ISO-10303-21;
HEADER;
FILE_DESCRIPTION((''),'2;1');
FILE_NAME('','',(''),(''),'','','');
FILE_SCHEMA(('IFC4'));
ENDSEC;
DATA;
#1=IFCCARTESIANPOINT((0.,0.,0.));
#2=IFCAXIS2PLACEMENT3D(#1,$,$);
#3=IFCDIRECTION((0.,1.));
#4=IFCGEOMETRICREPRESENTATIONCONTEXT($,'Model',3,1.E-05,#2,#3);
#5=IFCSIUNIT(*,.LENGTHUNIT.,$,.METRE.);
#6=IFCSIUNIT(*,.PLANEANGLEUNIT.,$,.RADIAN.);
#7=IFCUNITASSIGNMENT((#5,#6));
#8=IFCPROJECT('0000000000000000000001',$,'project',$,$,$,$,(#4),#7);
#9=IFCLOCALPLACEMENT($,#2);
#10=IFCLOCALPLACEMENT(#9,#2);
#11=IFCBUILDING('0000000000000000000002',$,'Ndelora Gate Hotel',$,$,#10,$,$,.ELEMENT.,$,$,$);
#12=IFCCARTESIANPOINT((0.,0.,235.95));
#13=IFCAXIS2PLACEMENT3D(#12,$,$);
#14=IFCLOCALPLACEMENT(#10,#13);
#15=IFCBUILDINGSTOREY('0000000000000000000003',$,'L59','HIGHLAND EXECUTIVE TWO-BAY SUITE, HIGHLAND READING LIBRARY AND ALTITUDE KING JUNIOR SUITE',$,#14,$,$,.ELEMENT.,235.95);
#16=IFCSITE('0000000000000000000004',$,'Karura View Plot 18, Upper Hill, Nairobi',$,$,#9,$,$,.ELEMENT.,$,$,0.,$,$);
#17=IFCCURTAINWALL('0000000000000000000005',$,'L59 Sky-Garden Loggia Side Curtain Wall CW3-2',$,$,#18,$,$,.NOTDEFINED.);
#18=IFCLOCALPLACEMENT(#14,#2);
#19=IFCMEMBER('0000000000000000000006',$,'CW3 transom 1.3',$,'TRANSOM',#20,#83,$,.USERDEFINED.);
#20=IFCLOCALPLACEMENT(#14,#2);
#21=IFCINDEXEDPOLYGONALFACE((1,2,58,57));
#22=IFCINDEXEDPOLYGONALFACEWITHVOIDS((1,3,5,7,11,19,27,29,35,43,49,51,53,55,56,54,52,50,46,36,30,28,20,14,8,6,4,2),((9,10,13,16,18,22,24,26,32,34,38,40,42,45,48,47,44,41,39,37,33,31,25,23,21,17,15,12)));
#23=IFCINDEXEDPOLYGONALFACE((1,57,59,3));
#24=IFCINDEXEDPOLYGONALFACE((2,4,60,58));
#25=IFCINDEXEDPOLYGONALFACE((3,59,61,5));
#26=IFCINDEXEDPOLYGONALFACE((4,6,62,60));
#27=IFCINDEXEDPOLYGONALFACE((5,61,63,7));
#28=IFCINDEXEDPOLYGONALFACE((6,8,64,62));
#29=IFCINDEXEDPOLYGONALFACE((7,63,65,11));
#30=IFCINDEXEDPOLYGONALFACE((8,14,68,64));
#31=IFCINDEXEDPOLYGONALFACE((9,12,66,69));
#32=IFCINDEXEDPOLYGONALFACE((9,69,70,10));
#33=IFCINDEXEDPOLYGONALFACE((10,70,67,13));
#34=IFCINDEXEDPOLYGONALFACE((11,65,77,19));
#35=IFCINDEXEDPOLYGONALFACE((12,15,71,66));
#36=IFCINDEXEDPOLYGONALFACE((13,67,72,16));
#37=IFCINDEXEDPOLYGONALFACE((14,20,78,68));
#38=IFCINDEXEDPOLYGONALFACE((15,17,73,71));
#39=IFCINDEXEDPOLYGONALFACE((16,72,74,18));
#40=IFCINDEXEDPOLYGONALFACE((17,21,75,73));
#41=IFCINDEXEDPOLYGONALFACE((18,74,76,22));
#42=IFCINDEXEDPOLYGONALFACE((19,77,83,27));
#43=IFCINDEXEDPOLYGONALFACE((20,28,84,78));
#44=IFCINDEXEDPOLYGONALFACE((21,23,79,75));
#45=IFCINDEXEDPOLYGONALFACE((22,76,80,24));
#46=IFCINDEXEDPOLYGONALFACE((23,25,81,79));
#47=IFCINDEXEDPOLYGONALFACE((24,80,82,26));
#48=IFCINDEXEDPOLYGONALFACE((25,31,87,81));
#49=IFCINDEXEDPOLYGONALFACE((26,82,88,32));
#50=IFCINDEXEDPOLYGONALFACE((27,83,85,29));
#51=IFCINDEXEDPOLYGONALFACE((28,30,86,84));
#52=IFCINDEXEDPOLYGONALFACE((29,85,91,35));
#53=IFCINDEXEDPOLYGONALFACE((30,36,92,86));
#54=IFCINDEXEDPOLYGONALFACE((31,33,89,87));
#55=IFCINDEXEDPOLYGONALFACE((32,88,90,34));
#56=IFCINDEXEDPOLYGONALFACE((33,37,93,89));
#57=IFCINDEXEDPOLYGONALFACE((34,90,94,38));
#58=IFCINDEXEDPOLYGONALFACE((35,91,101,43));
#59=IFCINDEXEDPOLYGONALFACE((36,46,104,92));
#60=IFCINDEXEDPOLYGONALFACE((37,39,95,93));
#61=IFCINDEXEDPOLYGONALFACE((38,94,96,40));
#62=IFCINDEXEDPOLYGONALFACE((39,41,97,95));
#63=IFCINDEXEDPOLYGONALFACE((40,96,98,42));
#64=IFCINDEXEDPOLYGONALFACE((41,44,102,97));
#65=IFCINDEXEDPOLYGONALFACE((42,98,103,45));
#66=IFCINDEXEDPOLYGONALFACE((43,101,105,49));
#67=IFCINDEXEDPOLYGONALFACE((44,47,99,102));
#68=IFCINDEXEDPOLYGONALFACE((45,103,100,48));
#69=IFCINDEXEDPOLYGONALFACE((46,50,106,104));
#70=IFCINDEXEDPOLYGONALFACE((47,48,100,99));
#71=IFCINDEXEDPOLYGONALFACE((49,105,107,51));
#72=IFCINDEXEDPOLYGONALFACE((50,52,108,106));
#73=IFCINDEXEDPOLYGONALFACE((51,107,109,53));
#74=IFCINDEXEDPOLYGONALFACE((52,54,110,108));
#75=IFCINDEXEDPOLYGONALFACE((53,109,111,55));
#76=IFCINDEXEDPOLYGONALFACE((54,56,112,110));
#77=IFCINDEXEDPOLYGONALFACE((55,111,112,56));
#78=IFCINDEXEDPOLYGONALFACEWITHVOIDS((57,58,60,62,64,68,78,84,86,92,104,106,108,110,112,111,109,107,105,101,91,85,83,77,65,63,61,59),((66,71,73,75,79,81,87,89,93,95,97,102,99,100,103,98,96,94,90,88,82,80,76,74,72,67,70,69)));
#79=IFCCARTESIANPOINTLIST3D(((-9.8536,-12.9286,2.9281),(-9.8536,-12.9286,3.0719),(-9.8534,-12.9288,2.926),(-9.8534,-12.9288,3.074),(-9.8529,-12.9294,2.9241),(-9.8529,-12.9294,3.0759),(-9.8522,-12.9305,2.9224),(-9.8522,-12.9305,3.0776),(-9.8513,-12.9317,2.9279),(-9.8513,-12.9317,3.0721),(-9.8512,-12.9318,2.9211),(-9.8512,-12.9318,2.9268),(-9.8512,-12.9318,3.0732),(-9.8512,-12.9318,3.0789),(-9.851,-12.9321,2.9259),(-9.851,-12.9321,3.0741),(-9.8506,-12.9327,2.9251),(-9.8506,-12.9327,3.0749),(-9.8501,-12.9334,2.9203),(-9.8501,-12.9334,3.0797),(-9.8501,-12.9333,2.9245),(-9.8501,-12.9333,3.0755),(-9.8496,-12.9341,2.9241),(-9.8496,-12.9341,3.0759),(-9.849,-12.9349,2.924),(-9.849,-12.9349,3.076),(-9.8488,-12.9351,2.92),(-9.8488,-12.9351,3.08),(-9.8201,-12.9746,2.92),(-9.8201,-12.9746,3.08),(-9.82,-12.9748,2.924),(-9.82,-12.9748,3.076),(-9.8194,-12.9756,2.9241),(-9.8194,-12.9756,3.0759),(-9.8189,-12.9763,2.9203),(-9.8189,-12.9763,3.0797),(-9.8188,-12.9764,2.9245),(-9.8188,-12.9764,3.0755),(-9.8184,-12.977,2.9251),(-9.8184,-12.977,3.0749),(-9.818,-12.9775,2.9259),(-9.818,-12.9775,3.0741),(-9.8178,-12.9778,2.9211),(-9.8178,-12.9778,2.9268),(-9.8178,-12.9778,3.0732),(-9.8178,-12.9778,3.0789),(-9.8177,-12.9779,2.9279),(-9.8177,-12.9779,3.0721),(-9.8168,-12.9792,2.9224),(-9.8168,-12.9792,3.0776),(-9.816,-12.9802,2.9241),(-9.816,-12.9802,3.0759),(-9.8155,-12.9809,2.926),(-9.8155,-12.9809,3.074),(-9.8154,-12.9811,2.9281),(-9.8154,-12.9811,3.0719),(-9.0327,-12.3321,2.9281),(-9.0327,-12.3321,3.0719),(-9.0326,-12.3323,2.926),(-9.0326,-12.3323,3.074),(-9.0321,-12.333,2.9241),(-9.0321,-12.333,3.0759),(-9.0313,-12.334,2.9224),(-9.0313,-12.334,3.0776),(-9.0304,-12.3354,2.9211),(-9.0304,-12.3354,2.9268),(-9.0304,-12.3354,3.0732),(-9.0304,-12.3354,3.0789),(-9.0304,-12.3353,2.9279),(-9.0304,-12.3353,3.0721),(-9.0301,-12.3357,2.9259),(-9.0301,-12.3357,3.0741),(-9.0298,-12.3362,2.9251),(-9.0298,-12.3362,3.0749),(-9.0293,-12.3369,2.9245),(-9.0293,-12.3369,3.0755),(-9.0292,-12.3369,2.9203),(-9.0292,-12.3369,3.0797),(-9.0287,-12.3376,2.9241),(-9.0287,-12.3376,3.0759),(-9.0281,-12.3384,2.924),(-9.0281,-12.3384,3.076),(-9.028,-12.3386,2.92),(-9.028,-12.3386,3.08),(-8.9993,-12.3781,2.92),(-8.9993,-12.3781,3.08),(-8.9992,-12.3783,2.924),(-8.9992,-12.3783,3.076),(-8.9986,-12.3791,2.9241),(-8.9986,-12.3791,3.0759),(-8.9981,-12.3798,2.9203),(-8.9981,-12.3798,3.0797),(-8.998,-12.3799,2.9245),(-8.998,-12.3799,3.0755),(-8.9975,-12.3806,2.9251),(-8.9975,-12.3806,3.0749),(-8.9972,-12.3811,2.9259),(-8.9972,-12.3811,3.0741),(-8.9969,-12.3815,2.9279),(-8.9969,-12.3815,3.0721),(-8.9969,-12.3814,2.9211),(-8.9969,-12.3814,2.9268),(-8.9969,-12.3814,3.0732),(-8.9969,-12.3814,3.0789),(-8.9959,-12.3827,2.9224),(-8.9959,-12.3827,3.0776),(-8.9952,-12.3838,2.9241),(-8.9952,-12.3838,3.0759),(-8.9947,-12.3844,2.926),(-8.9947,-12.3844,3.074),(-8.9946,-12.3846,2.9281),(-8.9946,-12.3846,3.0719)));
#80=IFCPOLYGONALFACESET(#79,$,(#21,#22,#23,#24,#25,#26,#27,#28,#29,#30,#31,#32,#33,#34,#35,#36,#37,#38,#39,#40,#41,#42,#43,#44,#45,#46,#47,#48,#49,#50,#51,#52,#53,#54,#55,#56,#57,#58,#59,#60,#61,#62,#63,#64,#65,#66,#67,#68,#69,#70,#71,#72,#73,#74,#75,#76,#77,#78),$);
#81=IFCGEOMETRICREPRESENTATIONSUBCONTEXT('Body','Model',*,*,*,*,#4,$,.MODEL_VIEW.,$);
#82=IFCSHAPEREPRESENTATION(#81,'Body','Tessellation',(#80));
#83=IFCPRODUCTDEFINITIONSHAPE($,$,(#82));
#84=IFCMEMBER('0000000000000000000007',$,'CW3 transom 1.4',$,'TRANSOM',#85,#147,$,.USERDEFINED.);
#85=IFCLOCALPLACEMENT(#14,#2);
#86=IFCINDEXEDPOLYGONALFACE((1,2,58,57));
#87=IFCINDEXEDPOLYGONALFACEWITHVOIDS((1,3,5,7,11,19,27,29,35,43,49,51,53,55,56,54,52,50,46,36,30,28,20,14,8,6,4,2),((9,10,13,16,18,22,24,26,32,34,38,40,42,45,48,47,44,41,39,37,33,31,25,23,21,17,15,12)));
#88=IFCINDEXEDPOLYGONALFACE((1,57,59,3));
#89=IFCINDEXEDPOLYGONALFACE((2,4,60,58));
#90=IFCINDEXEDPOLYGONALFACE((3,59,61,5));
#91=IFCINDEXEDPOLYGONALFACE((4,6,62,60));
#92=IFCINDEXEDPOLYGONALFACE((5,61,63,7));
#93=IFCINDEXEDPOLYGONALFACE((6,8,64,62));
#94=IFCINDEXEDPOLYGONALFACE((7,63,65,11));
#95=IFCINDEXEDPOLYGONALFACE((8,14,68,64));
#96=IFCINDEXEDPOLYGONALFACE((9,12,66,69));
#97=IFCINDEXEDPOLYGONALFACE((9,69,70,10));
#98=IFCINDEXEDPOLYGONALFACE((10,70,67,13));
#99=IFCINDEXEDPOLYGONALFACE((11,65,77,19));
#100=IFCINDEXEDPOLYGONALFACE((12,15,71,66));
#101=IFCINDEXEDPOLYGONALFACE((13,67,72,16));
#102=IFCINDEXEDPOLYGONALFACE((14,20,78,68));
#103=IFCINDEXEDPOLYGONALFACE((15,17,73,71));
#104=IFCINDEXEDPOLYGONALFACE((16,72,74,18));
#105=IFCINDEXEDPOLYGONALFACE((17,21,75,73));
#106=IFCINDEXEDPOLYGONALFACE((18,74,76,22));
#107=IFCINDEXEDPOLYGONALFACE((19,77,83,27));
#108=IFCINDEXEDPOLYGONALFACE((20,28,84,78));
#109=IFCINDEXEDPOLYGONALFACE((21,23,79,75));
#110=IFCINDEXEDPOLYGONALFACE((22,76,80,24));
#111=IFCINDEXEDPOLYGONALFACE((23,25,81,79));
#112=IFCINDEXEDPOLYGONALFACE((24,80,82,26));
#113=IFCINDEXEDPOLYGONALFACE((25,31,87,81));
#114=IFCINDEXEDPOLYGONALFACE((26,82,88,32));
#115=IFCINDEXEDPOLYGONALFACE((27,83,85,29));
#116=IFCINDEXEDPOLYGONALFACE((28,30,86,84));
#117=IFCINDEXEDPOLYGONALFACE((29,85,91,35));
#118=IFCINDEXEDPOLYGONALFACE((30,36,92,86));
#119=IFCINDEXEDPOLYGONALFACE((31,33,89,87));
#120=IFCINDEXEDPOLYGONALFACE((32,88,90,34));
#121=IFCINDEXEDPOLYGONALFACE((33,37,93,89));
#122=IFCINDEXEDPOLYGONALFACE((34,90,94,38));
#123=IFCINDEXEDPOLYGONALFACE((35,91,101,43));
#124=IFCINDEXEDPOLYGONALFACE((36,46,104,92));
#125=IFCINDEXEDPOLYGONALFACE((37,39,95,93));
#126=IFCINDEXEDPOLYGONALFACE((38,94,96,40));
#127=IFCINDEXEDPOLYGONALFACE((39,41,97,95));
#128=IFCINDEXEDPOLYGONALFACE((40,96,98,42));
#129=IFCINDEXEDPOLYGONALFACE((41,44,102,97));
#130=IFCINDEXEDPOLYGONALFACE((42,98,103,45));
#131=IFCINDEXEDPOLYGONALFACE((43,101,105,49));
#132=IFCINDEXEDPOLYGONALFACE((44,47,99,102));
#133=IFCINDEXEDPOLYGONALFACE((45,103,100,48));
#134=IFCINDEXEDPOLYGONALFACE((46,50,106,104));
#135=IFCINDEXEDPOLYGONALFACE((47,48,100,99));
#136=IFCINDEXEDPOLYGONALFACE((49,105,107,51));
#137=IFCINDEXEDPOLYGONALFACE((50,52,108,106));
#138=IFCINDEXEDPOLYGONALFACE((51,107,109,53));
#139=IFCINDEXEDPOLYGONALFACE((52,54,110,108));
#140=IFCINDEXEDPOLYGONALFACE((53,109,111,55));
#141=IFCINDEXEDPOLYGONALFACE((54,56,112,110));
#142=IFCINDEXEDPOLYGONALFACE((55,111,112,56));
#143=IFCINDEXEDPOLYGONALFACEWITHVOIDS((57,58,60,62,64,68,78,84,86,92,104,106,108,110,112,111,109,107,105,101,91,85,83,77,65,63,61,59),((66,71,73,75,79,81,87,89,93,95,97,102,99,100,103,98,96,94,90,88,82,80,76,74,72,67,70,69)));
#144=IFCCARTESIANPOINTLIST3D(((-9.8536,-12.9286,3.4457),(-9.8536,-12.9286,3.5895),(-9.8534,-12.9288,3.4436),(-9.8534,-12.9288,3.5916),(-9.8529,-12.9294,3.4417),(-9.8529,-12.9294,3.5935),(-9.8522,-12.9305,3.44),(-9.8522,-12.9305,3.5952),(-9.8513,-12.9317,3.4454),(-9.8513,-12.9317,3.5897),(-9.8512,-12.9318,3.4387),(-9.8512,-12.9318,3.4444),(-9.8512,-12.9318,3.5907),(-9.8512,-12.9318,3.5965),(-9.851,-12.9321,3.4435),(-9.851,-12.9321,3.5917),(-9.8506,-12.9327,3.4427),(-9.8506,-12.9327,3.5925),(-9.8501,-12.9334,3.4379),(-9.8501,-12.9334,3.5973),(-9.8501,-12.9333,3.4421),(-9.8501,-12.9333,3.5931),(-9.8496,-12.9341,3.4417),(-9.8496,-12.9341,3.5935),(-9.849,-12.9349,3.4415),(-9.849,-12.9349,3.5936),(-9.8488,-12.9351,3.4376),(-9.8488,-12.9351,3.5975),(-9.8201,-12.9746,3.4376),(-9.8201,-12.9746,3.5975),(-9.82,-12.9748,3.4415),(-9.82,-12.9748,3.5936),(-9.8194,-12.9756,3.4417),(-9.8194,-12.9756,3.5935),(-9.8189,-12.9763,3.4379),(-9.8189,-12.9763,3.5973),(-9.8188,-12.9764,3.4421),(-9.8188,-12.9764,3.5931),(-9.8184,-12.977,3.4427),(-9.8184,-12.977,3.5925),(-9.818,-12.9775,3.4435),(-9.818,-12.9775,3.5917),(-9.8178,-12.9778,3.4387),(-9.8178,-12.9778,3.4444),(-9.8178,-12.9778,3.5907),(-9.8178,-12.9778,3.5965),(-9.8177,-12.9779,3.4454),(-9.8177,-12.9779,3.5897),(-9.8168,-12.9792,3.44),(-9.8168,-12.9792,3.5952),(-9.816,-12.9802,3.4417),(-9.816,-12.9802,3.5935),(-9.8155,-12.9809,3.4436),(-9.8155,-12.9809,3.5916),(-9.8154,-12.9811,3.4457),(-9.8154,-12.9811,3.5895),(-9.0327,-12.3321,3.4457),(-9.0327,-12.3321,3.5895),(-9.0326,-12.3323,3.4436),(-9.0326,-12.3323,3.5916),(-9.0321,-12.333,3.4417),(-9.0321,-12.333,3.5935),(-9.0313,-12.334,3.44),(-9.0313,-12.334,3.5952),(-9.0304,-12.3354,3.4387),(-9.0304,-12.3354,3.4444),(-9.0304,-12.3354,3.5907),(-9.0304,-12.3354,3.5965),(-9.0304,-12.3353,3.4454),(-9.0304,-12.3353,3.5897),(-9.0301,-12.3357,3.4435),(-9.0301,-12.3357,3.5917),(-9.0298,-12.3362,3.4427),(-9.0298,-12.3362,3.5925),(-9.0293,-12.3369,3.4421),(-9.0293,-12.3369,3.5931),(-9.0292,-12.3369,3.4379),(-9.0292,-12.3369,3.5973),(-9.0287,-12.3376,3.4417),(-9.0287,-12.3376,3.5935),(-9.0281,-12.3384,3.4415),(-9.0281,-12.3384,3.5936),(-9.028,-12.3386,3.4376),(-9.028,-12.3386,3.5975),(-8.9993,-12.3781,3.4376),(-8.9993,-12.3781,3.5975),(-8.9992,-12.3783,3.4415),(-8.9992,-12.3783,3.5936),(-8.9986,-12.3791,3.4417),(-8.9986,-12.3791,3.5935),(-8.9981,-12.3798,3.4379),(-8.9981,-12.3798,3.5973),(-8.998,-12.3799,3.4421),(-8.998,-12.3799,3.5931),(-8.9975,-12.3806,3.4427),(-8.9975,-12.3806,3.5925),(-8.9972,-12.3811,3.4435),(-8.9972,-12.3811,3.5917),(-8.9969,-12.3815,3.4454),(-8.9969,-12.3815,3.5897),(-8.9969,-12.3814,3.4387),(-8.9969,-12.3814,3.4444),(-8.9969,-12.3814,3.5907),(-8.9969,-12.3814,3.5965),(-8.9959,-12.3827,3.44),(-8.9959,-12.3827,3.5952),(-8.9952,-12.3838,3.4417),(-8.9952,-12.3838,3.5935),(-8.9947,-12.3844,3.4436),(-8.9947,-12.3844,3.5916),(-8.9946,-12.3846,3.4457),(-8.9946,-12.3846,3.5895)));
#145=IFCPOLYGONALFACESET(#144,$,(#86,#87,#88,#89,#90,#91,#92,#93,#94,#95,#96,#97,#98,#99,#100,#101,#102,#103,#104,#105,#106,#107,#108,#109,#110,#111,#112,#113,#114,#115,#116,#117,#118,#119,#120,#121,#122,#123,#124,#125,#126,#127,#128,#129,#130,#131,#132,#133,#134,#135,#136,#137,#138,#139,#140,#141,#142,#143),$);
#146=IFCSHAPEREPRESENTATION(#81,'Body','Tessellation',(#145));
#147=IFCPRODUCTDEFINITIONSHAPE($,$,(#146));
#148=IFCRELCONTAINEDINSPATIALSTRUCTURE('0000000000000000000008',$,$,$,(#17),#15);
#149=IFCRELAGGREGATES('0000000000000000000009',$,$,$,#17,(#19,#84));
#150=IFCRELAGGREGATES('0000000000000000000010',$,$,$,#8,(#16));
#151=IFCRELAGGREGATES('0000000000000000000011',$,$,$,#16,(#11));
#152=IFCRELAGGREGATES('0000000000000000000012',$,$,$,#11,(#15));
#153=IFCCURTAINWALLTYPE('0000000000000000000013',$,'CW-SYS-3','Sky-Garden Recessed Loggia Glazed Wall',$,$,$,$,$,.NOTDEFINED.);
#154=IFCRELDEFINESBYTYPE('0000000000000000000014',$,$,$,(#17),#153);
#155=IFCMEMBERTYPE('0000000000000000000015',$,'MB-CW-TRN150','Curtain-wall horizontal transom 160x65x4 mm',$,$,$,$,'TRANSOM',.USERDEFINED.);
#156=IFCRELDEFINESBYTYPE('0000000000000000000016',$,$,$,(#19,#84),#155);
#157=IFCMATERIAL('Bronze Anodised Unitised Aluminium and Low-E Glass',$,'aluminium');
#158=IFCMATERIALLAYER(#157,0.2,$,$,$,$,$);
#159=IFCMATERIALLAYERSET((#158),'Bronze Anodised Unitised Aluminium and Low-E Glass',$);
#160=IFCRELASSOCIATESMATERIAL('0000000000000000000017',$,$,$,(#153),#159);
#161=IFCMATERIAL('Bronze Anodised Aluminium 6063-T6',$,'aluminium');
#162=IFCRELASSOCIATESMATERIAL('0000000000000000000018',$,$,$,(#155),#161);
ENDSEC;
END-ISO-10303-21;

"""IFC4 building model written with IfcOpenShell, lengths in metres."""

from ifc_helpers import new_model, si_unit, direction, frame, origin, origin_2d, place, context, subcontext, project, spatial, hollow_rectangle, extrude, material, layer, layer_set, material_profile, profile_set, type_object, element, aggregate, save


model = new_model("IFC4")

# Units and contexts
model_context = context("Model", 3, precision=1e-05, world=origin(), true_north=direction((0.0, 1.0)))
body_context = subcontext(model_context, "Body", "Model", "MODEL_VIEW")
ifc_project = project(units=[si_unit("LENGTHUNIT", "METRE"), si_unit("PLANEANGLEUNIT", "RADIAN")], contexts=[model_context])

# Site, building, storey
site_placement = place(None, origin())
site = spatial("IfcSite", under=ifc_project, at=site_placement, Name="Karura View Plot 18, Upper Hill, Nairobi", CompositionType="ELEMENT", RefElevation=0.0)
building_placement = place(site_placement, origin())
building = spatial("IfcBuilding", under=site, at=building_placement, Name="Ndelora Gate Hotel", CompositionType="ELEMENT")
storey_placement = place(building_placement, frame((0.0, 0.0, 235.95)))
storey = spatial("IfcBuildingStorey", under=building, at=storey_placement, Name="L59", Description="HIGHLAND EXECUTIVE TWO-BAY SUITE, HIGHLAND READING LIBRARY AND ALTITUDE KING JUNIOR SUITE", CompositionType="ELEMENT", Elevation=235.95)

# Curtain wall, members
ifc_material_1 = material(Name="Bronze Anodised Unitised Aluminium and Low-E Glass", Category="aluminium")
ifc_layer_1 = layer(ifc_material_1, 0.2)
ifc_layer_set_1 = layer_set([ifc_layer_1], Name="Bronze Anodised Unitised Aluminium and Low-E Glass")
curtain_wall_type = type_object("IfcCurtainWallType", Name="CW-SYS-3", Description="Sky-Garden Recessed Loggia Glazed Wall", PredefinedType="NOTDEFINED", material=ifc_layer_set_1)
curtain_wall_placement = place(storey_placement, origin())
curtain_wall = element("IfcCurtainWall", 1, at=curtain_wall_placement, inside=storey, type_object=curtain_wall_type, Name="L59 Sky-Garden Loggia Side Curtain Wall CW3-2", PredefinedType="NOTDEFINED")
ifc_material_2 = material(Name="Bronze Anodised Aluminium 6063-T6", Category="aluminium")
ifc_material_profile_1 = material_profile(ifc_material_2, hollow_rectangle(XDim=0.0649, YDim=0.1599, WallThickness=0.0039, InnerFilletRadius=0.0039, OuterFilletRadius=0.0081, at=origin_2d()), Name="ALU 160x65x4")
ifc_profile_set_1 = profile_set([ifc_material_profile_1], Name="Bronze Anodised Aluminium 6063-T6")
member_type_1 = type_object("IfcMemberType", Name="MB-CW-TRN150", Description="Curtain-wall horizontal transom 160x65x4 mm", ElementType="TRANSOM", PredefinedType="USERDEFINED", material=ifc_profile_set_1)
member_1_placement = place(storey_placement, frame((-9.8345, -12.9548, 3.0), z_axis=(0.808975, 0.587843, 0.0), x_axis=(-0.587843, 0.808975, 0.0)))
member_1 = element("IfcMember", 2, at=member_1_placement, type_object=member_type_1, Name="CW3 transom 1.3", ObjectType="TRANSOM", PredefinedType="USERDEFINED", context=body_context, shape_type="SweptSolid", body=[
    extrude(hollow_rectangle(XDim=0.0649, YDim=0.1599, WallThickness=0.0039, InnerFilletRadius=0.0039, OuterFilletRadius=0.0081, at=origin_2d()), origin(), (0.0, 0.0, 1.0), 1.0146),
])
member_2_placement = place(storey_placement, frame((-9.8345, -12.9548, 3.5176), z_axis=(0.808975, 0.587843, 0.0), x_axis=(-0.587843, 0.808975, 0.0)))
member_2 = element("IfcMember", 3, at=member_2_placement, type_object=member_type_1, Name="CW3 transom 1.4", ObjectType="TRANSOM", PredefinedType="USERDEFINED", context=body_context, shape_type="SweptSolid", body=[
    extrude(hollow_rectangle(XDim=0.0649, YDim=0.1599, WallThickness=0.0039, InnerFilletRadius=0.0039, OuterFilletRadius=0.0081, at=origin_2d()), origin(), (0.0, 0.0, 1.0), 1.0146),
])
aggregate(curtain_wall, [member_1, member_2])

save(model, "model.ifc")
